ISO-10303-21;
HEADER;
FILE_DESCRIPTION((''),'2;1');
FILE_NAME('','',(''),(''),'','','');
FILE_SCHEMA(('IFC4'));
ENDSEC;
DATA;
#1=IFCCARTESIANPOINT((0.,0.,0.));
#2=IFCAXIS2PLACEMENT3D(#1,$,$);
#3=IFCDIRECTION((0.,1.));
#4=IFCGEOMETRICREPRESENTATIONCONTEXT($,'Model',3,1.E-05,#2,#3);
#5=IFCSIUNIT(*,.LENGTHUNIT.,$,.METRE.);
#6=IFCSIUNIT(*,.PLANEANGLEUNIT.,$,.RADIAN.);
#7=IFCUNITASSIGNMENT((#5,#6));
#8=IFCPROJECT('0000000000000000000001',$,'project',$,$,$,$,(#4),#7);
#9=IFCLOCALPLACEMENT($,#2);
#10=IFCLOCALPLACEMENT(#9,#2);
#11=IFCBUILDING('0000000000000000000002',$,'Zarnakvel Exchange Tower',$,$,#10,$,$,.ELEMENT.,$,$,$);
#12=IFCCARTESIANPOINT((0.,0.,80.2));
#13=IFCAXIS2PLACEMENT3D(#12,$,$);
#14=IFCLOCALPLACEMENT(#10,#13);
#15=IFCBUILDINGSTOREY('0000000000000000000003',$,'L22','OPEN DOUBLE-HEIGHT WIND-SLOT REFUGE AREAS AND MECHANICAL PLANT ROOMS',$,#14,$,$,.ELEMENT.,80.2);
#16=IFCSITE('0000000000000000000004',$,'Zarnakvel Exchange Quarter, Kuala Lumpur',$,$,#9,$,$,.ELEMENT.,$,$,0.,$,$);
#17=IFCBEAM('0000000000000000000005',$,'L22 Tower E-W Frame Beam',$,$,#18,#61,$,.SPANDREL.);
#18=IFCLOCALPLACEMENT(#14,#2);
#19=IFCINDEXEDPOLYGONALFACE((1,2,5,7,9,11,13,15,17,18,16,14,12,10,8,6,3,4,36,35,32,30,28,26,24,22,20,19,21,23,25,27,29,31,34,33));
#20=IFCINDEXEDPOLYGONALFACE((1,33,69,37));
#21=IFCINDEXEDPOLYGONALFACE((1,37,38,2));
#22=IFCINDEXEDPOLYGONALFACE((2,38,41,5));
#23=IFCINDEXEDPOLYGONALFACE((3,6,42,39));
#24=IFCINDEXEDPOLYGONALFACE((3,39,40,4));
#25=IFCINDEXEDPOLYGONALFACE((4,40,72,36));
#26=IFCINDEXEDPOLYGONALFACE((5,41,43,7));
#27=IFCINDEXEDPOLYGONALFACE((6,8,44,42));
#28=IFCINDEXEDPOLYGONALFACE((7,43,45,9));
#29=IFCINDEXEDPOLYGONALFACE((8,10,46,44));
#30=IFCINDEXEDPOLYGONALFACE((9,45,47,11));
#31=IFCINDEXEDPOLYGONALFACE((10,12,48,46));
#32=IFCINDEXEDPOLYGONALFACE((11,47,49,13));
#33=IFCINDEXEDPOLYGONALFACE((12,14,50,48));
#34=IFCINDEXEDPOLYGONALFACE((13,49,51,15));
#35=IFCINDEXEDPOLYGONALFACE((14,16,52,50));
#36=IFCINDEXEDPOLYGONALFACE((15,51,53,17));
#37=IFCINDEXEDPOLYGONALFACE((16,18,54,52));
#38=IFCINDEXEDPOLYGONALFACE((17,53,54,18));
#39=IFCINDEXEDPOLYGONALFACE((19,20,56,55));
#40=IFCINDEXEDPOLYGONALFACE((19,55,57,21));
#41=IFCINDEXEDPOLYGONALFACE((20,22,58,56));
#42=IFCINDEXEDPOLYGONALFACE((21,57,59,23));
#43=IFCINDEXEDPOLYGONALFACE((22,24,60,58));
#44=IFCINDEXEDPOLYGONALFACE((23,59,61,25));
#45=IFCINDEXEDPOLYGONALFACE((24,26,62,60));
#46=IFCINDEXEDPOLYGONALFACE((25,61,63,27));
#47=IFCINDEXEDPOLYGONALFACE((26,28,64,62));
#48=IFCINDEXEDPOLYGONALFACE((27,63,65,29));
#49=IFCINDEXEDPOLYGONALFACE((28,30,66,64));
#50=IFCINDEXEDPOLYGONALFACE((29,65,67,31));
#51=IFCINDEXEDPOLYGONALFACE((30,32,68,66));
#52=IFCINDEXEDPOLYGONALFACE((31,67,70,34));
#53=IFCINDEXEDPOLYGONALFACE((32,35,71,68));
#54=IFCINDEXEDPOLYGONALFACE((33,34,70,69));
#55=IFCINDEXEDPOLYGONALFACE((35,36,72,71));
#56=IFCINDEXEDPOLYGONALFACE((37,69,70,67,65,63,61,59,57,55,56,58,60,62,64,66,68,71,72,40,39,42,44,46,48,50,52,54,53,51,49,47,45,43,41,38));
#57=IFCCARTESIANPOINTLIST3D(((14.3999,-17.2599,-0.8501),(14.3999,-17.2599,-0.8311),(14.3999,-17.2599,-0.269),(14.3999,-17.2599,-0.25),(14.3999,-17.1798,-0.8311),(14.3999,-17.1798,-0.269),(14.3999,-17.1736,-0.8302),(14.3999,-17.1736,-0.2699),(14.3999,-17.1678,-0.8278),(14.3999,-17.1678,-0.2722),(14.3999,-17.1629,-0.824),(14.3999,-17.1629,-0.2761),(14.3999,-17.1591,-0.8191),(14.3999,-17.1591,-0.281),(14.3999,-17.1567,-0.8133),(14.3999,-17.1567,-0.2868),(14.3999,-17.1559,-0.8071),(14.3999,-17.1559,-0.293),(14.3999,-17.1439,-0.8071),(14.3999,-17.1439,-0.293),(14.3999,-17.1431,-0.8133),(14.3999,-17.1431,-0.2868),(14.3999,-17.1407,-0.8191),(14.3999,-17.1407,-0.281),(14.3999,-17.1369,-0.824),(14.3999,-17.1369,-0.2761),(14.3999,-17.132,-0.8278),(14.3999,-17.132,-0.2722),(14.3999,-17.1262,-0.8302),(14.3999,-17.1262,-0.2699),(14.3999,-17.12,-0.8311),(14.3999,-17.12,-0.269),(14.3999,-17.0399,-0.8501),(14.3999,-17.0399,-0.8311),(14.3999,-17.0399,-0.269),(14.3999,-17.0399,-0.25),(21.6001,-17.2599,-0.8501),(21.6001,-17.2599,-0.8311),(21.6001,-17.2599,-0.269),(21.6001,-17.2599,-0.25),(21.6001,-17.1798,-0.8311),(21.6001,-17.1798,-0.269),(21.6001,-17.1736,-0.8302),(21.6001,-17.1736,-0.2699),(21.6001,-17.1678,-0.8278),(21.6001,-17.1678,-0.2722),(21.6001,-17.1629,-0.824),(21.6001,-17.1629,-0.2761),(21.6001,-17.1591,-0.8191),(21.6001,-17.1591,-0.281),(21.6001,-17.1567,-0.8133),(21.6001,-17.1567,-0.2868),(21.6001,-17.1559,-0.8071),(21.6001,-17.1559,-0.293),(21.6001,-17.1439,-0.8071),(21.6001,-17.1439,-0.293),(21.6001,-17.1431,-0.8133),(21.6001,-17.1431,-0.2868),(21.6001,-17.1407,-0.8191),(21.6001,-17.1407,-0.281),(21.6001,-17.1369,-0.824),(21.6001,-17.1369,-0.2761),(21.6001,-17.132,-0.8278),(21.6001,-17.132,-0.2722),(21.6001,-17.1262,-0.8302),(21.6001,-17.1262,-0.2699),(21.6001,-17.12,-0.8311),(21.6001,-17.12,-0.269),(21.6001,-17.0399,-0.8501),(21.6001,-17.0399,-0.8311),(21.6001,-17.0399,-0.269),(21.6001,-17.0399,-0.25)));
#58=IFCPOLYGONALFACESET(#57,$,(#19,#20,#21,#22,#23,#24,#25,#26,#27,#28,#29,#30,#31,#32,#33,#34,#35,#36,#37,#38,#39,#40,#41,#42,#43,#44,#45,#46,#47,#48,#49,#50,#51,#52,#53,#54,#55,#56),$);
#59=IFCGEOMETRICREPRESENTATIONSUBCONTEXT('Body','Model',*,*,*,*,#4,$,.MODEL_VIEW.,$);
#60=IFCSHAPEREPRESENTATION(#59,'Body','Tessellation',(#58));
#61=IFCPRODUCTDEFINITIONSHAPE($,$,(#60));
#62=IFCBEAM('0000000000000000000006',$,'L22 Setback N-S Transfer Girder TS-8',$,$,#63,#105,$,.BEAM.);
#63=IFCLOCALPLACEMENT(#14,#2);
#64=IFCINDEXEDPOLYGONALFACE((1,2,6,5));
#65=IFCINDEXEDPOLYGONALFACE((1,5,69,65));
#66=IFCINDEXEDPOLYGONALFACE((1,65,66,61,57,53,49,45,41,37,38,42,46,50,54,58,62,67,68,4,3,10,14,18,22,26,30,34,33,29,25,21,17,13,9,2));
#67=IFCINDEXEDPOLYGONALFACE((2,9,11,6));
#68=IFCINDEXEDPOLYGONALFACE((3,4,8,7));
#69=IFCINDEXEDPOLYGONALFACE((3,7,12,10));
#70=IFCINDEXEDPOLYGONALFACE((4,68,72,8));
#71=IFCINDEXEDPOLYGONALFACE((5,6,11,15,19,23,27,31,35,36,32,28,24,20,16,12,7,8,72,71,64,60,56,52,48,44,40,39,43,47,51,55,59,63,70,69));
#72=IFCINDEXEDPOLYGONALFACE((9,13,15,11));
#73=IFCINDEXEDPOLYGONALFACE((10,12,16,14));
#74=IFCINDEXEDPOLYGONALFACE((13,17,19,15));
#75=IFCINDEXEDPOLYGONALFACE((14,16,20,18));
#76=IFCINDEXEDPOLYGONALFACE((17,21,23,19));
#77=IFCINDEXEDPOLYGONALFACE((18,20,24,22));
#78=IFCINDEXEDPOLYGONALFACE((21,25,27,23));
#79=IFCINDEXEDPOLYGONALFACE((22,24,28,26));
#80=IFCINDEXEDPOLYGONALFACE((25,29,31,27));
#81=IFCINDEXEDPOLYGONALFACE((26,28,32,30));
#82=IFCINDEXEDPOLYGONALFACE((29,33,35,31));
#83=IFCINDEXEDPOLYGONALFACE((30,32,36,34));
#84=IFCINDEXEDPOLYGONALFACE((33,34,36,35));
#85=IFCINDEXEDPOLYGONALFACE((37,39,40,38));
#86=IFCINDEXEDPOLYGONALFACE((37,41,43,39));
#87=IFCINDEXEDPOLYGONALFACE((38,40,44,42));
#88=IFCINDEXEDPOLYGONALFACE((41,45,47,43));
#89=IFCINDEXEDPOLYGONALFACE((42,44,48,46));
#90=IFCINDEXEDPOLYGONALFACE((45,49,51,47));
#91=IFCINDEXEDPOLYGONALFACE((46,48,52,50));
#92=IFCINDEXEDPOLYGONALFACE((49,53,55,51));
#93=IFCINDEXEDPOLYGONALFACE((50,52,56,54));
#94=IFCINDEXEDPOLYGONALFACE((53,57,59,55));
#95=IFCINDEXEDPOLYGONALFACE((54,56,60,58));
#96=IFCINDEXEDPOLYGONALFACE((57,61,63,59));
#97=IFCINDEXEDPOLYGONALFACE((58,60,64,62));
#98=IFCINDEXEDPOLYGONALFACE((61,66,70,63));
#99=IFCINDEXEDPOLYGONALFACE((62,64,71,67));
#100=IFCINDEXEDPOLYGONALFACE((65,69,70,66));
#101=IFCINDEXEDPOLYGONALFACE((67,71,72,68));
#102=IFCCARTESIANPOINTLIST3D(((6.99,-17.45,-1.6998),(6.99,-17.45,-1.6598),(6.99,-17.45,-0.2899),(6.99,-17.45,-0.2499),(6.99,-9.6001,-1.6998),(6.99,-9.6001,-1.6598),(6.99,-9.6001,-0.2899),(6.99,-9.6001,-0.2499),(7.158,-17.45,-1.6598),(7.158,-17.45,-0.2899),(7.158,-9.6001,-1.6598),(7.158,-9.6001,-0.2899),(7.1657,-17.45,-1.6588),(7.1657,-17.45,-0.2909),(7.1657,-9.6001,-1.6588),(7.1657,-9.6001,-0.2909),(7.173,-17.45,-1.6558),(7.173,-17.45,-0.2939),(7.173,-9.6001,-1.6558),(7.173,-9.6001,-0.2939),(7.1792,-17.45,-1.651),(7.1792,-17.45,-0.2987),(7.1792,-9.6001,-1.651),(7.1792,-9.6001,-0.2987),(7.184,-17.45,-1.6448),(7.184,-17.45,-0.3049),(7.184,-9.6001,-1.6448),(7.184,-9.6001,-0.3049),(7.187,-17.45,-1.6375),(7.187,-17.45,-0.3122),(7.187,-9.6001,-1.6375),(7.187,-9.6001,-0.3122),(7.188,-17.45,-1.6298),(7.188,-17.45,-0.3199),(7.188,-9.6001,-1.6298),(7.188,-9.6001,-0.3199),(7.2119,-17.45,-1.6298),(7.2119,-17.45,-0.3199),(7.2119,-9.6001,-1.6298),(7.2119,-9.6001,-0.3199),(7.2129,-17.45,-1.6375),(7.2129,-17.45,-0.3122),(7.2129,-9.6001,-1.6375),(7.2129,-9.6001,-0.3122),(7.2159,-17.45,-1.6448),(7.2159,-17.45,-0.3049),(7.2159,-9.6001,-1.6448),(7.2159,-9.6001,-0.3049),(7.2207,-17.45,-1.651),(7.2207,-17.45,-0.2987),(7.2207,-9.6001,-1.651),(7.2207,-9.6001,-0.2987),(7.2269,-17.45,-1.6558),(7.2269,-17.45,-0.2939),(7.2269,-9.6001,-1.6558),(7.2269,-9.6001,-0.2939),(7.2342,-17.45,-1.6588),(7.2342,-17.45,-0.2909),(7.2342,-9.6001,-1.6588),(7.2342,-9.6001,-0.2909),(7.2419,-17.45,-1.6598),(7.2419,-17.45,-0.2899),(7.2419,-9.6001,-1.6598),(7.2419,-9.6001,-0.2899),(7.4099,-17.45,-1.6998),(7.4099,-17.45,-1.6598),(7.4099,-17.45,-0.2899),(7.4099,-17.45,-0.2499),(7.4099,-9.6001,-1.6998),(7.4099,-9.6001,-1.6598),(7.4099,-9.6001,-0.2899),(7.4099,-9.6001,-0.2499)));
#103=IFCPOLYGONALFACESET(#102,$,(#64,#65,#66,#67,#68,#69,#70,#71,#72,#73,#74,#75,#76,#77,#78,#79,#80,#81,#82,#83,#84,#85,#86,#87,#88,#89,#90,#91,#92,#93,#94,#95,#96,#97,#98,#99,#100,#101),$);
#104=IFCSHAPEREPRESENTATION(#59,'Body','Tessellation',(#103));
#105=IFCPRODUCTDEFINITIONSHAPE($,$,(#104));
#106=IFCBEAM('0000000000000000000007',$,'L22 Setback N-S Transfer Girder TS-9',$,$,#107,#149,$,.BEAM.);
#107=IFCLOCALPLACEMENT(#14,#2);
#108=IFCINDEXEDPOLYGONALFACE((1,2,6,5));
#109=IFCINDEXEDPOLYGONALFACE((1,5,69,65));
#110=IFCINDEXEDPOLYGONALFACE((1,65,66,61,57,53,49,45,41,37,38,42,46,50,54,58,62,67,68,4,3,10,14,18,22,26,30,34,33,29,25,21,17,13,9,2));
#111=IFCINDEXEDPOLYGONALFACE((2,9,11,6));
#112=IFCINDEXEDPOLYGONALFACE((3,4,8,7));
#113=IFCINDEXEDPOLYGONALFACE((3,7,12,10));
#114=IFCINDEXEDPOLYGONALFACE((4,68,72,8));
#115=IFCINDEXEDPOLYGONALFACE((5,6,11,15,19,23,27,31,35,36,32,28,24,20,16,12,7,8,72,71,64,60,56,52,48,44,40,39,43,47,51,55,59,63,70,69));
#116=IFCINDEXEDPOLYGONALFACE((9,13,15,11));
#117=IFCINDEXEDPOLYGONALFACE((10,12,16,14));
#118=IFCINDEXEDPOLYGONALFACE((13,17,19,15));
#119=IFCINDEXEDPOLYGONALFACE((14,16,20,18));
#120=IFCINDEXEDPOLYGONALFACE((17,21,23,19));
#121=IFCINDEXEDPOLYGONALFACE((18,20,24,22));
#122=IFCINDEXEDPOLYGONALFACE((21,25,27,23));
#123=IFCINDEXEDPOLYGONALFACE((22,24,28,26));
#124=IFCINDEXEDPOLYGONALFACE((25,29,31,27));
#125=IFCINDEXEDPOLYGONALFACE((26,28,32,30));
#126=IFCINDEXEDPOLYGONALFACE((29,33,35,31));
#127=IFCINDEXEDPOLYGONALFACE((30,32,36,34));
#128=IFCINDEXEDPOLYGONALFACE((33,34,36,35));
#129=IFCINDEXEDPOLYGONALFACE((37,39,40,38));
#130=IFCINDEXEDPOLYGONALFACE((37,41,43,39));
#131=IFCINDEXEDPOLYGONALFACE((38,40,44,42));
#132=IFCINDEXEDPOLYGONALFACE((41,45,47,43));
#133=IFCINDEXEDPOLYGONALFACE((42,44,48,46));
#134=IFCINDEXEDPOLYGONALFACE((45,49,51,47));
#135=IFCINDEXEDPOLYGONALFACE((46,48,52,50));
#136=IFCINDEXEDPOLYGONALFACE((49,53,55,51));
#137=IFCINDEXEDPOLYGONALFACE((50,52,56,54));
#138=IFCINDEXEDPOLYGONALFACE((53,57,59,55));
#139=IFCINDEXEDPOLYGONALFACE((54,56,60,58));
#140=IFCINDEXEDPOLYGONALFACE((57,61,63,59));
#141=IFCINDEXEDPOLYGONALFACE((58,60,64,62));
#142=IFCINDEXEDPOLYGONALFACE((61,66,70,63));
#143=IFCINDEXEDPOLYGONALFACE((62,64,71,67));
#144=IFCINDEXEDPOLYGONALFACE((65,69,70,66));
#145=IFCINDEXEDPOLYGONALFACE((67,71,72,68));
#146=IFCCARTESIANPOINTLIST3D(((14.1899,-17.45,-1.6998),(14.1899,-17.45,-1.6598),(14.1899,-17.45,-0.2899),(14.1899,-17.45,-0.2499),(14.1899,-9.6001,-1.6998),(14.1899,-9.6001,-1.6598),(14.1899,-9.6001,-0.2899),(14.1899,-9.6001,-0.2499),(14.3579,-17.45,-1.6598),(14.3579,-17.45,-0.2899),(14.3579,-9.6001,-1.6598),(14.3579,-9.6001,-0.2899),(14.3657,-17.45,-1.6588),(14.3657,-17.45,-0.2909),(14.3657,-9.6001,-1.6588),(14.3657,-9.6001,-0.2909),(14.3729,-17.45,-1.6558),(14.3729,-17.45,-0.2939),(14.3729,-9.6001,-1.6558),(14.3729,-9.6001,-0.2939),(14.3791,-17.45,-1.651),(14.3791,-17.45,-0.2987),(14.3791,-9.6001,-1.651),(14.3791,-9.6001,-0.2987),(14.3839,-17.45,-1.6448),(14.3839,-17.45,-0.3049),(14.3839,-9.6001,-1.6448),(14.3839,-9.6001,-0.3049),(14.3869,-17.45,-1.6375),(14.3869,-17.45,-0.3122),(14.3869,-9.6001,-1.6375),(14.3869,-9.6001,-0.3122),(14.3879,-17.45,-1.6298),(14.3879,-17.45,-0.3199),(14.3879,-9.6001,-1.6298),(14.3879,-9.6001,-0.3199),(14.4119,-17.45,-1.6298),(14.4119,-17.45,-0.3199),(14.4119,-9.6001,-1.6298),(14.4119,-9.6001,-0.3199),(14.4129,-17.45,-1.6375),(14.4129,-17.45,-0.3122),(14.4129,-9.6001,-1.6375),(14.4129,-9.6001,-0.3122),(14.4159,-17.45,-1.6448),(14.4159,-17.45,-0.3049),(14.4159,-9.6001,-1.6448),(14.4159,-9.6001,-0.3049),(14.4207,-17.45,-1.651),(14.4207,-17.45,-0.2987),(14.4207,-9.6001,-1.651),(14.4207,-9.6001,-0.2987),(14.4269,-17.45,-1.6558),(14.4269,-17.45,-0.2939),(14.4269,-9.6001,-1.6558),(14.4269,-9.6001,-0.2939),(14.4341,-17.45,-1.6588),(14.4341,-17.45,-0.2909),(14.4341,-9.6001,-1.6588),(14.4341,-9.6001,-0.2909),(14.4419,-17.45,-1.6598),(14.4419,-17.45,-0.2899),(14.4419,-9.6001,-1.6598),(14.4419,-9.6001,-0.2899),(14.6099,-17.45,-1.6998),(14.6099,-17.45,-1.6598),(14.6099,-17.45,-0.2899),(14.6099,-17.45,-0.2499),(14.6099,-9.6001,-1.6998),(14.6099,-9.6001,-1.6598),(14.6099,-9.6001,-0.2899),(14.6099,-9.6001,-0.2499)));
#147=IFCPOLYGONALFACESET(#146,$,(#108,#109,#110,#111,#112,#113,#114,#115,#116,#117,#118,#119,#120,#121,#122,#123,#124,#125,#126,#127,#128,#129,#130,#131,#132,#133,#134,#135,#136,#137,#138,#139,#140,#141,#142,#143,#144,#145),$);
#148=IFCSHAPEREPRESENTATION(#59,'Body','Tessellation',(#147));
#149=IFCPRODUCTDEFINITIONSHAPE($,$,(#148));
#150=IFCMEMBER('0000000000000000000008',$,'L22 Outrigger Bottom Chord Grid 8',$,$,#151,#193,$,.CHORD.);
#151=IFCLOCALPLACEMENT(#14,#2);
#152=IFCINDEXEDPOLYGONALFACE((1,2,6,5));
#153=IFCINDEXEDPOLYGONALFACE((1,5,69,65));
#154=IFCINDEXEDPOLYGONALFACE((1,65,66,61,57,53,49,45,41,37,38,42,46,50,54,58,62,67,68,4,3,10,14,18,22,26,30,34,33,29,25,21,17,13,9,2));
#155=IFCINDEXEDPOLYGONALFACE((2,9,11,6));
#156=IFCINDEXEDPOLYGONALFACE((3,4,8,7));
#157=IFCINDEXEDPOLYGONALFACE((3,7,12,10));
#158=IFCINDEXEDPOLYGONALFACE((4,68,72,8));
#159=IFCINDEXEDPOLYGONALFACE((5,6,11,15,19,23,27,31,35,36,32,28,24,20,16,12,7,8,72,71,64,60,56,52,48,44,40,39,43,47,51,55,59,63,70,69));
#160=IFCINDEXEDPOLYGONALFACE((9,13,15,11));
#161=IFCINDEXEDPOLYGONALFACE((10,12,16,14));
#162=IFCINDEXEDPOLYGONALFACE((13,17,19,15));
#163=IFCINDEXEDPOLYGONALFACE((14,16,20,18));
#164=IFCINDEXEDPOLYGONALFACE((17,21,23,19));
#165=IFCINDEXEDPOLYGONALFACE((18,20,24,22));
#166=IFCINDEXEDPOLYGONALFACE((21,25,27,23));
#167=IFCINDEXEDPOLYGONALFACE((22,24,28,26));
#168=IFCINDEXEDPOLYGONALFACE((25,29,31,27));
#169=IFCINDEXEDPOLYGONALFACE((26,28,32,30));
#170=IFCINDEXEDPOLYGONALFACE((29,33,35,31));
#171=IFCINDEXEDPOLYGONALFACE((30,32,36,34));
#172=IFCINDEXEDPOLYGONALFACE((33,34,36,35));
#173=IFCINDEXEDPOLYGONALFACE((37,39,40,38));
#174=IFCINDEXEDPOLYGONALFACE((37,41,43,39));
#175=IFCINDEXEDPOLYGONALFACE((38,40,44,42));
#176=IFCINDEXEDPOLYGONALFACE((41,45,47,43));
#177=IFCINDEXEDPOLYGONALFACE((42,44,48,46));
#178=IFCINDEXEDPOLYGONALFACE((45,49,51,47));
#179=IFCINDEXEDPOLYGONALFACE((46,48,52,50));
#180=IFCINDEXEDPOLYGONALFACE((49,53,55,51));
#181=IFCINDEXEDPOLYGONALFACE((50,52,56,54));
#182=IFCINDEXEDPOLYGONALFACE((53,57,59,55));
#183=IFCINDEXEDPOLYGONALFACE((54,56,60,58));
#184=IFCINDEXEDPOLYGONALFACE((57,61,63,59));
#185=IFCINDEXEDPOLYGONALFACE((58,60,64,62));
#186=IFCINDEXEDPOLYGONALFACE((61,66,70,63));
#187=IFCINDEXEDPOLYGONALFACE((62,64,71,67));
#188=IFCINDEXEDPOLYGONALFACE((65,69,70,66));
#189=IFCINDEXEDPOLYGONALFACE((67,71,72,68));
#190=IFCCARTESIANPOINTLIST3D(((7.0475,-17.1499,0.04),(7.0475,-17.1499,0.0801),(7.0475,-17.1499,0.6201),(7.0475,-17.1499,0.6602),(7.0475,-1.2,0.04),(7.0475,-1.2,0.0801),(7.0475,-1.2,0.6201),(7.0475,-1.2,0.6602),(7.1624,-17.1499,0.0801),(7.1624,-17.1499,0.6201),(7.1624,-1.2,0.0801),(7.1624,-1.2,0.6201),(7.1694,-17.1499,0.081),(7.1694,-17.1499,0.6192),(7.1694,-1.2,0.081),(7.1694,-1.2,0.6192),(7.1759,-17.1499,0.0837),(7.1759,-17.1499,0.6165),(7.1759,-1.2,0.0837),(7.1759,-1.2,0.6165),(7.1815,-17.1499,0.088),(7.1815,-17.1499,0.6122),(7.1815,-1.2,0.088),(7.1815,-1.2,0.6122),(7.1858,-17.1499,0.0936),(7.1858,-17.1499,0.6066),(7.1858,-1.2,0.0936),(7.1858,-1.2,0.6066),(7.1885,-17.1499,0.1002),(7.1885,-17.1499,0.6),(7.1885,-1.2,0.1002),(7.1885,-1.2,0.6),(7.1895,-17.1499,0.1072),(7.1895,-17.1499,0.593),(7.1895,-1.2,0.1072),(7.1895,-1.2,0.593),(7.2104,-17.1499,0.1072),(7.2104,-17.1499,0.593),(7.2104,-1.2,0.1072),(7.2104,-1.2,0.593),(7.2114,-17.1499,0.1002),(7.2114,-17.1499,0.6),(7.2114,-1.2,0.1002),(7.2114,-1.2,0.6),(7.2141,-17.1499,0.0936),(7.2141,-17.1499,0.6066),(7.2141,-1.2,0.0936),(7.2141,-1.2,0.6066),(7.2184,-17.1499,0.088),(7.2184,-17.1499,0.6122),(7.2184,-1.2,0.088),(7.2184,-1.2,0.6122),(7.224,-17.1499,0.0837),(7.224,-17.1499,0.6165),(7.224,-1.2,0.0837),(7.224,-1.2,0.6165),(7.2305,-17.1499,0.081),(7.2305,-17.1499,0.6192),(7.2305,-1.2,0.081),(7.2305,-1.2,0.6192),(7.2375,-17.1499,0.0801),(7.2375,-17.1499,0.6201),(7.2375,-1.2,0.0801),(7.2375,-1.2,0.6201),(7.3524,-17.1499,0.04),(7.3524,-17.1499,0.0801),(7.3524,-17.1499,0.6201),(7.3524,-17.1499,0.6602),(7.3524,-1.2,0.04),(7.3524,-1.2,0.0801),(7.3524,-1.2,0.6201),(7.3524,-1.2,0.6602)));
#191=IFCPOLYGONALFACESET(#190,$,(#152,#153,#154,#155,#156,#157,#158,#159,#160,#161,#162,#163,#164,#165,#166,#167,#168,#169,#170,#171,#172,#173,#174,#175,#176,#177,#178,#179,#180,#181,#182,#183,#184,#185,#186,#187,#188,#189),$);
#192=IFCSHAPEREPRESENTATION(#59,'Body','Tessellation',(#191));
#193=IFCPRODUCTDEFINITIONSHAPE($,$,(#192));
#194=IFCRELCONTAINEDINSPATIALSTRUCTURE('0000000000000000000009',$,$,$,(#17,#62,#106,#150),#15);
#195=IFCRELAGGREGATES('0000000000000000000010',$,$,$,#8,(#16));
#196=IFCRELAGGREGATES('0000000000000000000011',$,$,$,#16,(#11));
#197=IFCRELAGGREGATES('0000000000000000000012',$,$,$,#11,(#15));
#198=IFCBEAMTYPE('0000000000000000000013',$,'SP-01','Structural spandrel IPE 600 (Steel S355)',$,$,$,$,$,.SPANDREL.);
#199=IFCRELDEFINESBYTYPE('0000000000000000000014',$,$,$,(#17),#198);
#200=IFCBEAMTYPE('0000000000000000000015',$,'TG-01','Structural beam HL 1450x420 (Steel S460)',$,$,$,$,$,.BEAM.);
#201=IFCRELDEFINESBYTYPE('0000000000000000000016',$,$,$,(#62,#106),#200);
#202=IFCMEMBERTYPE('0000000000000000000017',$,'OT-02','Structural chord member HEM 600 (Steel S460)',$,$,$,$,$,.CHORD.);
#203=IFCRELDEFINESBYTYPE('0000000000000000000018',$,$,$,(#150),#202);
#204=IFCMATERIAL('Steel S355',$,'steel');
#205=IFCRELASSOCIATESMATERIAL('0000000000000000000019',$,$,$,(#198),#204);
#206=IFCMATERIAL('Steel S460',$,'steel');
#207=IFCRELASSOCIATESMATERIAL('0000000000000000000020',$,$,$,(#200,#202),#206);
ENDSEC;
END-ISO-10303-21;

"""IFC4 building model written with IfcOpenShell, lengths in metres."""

from ifc_helpers import new_model, si_unit, direction, frame, origin, origin_2d, place, context, subcontext, project, spatial, i_section, extrude, source, transform, mapped, material, material_profile, profile_set, type_object, element, save


model = new_model("IFC4")

# Units and contexts
model_context = context("Model", 3, precision=1e-05, world=origin(), true_north=direction((0.0, 1.0)))
body_context = subcontext(model_context, "Body", "Model", "MODEL_VIEW")
ifc_project = project(units=[si_unit("LENGTHUNIT", "METRE"), si_unit("PLANEANGLEUNIT", "RADIAN")], contexts=[model_context])

# Site, building, storey
site_placement = place(None, origin())
site = spatial("IfcSite", under=ifc_project, at=site_placement, Name="Zarnakvel Exchange Quarter, Kuala Lumpur", CompositionType="ELEMENT", RefElevation=0.0)
building_placement = place(site_placement, origin())
building = spatial("IfcBuilding", under=site, at=building_placement, Name="Zarnakvel Exchange Tower", CompositionType="ELEMENT")
storey_placement = place(building_placement, frame((0.0, 0.0, 80.2)))
storey = spatial("IfcBuildingStorey", under=building, at=storey_placement, Name="L22", Description="OPEN DOUBLE-HEIGHT WIND-SLOT REFUGE AREAS AND MECHANICAL PLANT ROOMS", CompositionType="ELEMENT", Elevation=80.2)

# Beams
ifc_material_1 = material(Name="Steel S355", Category="steel")
ifc_material_profile_1 = material_profile(ifc_material_1, i_section(OverallWidth=0.22, OverallDepth=0.6001, WebThickness=0.012, FlangeThickness=0.019, FilletRadius=0.0239, at=origin_2d()))
ifc_profile_set_1 = profile_set([ifc_material_profile_1], Name="Steel S355")
beam_type_1 = type_object("IfcBeamType", Name="SP-01", Description="Structural spandrel IPE 600 (Steel S355)", PredefinedType="SPANDREL", material=ifc_profile_set_1)
beam_1_placement = place(storey_placement, frame((14.3999, -17.1499, -0.55), z_axis=(1.0, 0.0, 0.0), x_axis=(0.0, 1.0, 0.0)))
element("IfcBeam", 1, at=beam_1_placement, inside=storey, type_object=beam_type_1, Name="L22 Tower E-W Frame Beam", PredefinedType="SPANDREL", context=body_context, shape_type="SweptSolid", body=[
    extrude(i_section(OverallWidth=0.22, OverallDepth=0.6001, WebThickness=0.012, FlangeThickness=0.019, FilletRadius=0.0239, at=origin_2d()), origin(), (0.0, 0.0, 1.0), 7.2002),
])
ifc_material_2 = material(Name="Steel S460", Category="steel")
ifc_material_profile_2 = material_profile(ifc_material_2, i_section(OverallWidth=0.4199, OverallDepth=1.45, WebThickness=0.0239, FlangeThickness=0.04, FilletRadius=0.03, at=origin_2d()))
ifc_profile_set_2 = profile_set([ifc_material_profile_2], Name="Steel S460")
beam_type_2 = type_object("IfcBeamType", Name="TG-01", Description="Structural beam HL 1450x420 (Steel S460)", PredefinedType="BEAM", material=ifc_profile_set_2)
for number, where, z_axis, x_axis, name in (
    (2, (7.2, -17.45, -0.9749), (0.0, 1.0, 0.0), (-1.0, 0.0, 0.0), "L22 Setback N-S Transfer Girder TS-8"),
    (3, (14.3999, -17.45, -0.9749), (0.0, 1.0, 0.0), (-1.0, 0.0, 0.0), "L22 Setback N-S Transfer Girder TS-9"),
):
    element("IfcBeam", number, at=place(storey_placement, frame(where, z_axis=z_axis, x_axis=x_axis)), inside=storey, type_object=beam_type_2, Name=name, PredefinedType="BEAM", context=body_context, shape_type="SweptSolid", body=[
        extrude(i_section(OverallWidth=0.4199, OverallDepth=1.45, WebThickness=0.0239, FlangeThickness=0.04, FilletRadius=0.03, at=origin_2d()), origin(), (0.0, 0.0, 1.0), 7.8499),
    ])

# Member
ifc_material_profile_3 = material_profile(ifc_material_2, i_section(OverallWidth=0.3049, OverallDepth=0.6201, WebThickness=0.021, FlangeThickness=0.04, FilletRadius=0.0271, at=origin_2d()))
ifc_profile_set_3 = profile_set([ifc_material_profile_3], Name="Steel S460")
member_type_1 = type_object("IfcMemberType", Name="OT-02", Description="Structural chord member HEM 600 (Steel S460)", PredefinedType="CHORD", material=ifc_profile_set_3)
shared_shape_1 = source(origin(), body_context, "Body", "SweptSolid", [
    extrude(i_section(OverallWidth=0.3049, OverallDepth=0.6201, WebThickness=0.021, FlangeThickness=0.04, FilletRadius=0.0271, at=origin_2d()), origin(), (0.0, 0.0, 1.0), 15.95),
])
for number, where, z_axis, x_axis, name in (
    (4, (7.2, -17.1499, 0.3501), (0.0, 1.0, 0.0), (-1.0, 0.0, 0.0), "L22 Outrigger Bottom Chord Grid 8"),
):
    element("IfcMember", number, at=place(storey_placement, frame(where, z_axis=z_axis, x_axis=x_axis)), inside=storey, type_object=member_type_1, Name=name, PredefinedType="CHORD", context=body_context, shape_type="MappedRepresentation", body=[
        mapped(shared_shape_1, transform((0.0, 0.0, 0.0), x_axis=(1.0, 0.0, 0.0), y_axis=(0.0, 1.0, 0.0), z_axis=(0.0, 0.0, 1.0), scale=1.0)),
    ])

save(model, "model.ifc")
